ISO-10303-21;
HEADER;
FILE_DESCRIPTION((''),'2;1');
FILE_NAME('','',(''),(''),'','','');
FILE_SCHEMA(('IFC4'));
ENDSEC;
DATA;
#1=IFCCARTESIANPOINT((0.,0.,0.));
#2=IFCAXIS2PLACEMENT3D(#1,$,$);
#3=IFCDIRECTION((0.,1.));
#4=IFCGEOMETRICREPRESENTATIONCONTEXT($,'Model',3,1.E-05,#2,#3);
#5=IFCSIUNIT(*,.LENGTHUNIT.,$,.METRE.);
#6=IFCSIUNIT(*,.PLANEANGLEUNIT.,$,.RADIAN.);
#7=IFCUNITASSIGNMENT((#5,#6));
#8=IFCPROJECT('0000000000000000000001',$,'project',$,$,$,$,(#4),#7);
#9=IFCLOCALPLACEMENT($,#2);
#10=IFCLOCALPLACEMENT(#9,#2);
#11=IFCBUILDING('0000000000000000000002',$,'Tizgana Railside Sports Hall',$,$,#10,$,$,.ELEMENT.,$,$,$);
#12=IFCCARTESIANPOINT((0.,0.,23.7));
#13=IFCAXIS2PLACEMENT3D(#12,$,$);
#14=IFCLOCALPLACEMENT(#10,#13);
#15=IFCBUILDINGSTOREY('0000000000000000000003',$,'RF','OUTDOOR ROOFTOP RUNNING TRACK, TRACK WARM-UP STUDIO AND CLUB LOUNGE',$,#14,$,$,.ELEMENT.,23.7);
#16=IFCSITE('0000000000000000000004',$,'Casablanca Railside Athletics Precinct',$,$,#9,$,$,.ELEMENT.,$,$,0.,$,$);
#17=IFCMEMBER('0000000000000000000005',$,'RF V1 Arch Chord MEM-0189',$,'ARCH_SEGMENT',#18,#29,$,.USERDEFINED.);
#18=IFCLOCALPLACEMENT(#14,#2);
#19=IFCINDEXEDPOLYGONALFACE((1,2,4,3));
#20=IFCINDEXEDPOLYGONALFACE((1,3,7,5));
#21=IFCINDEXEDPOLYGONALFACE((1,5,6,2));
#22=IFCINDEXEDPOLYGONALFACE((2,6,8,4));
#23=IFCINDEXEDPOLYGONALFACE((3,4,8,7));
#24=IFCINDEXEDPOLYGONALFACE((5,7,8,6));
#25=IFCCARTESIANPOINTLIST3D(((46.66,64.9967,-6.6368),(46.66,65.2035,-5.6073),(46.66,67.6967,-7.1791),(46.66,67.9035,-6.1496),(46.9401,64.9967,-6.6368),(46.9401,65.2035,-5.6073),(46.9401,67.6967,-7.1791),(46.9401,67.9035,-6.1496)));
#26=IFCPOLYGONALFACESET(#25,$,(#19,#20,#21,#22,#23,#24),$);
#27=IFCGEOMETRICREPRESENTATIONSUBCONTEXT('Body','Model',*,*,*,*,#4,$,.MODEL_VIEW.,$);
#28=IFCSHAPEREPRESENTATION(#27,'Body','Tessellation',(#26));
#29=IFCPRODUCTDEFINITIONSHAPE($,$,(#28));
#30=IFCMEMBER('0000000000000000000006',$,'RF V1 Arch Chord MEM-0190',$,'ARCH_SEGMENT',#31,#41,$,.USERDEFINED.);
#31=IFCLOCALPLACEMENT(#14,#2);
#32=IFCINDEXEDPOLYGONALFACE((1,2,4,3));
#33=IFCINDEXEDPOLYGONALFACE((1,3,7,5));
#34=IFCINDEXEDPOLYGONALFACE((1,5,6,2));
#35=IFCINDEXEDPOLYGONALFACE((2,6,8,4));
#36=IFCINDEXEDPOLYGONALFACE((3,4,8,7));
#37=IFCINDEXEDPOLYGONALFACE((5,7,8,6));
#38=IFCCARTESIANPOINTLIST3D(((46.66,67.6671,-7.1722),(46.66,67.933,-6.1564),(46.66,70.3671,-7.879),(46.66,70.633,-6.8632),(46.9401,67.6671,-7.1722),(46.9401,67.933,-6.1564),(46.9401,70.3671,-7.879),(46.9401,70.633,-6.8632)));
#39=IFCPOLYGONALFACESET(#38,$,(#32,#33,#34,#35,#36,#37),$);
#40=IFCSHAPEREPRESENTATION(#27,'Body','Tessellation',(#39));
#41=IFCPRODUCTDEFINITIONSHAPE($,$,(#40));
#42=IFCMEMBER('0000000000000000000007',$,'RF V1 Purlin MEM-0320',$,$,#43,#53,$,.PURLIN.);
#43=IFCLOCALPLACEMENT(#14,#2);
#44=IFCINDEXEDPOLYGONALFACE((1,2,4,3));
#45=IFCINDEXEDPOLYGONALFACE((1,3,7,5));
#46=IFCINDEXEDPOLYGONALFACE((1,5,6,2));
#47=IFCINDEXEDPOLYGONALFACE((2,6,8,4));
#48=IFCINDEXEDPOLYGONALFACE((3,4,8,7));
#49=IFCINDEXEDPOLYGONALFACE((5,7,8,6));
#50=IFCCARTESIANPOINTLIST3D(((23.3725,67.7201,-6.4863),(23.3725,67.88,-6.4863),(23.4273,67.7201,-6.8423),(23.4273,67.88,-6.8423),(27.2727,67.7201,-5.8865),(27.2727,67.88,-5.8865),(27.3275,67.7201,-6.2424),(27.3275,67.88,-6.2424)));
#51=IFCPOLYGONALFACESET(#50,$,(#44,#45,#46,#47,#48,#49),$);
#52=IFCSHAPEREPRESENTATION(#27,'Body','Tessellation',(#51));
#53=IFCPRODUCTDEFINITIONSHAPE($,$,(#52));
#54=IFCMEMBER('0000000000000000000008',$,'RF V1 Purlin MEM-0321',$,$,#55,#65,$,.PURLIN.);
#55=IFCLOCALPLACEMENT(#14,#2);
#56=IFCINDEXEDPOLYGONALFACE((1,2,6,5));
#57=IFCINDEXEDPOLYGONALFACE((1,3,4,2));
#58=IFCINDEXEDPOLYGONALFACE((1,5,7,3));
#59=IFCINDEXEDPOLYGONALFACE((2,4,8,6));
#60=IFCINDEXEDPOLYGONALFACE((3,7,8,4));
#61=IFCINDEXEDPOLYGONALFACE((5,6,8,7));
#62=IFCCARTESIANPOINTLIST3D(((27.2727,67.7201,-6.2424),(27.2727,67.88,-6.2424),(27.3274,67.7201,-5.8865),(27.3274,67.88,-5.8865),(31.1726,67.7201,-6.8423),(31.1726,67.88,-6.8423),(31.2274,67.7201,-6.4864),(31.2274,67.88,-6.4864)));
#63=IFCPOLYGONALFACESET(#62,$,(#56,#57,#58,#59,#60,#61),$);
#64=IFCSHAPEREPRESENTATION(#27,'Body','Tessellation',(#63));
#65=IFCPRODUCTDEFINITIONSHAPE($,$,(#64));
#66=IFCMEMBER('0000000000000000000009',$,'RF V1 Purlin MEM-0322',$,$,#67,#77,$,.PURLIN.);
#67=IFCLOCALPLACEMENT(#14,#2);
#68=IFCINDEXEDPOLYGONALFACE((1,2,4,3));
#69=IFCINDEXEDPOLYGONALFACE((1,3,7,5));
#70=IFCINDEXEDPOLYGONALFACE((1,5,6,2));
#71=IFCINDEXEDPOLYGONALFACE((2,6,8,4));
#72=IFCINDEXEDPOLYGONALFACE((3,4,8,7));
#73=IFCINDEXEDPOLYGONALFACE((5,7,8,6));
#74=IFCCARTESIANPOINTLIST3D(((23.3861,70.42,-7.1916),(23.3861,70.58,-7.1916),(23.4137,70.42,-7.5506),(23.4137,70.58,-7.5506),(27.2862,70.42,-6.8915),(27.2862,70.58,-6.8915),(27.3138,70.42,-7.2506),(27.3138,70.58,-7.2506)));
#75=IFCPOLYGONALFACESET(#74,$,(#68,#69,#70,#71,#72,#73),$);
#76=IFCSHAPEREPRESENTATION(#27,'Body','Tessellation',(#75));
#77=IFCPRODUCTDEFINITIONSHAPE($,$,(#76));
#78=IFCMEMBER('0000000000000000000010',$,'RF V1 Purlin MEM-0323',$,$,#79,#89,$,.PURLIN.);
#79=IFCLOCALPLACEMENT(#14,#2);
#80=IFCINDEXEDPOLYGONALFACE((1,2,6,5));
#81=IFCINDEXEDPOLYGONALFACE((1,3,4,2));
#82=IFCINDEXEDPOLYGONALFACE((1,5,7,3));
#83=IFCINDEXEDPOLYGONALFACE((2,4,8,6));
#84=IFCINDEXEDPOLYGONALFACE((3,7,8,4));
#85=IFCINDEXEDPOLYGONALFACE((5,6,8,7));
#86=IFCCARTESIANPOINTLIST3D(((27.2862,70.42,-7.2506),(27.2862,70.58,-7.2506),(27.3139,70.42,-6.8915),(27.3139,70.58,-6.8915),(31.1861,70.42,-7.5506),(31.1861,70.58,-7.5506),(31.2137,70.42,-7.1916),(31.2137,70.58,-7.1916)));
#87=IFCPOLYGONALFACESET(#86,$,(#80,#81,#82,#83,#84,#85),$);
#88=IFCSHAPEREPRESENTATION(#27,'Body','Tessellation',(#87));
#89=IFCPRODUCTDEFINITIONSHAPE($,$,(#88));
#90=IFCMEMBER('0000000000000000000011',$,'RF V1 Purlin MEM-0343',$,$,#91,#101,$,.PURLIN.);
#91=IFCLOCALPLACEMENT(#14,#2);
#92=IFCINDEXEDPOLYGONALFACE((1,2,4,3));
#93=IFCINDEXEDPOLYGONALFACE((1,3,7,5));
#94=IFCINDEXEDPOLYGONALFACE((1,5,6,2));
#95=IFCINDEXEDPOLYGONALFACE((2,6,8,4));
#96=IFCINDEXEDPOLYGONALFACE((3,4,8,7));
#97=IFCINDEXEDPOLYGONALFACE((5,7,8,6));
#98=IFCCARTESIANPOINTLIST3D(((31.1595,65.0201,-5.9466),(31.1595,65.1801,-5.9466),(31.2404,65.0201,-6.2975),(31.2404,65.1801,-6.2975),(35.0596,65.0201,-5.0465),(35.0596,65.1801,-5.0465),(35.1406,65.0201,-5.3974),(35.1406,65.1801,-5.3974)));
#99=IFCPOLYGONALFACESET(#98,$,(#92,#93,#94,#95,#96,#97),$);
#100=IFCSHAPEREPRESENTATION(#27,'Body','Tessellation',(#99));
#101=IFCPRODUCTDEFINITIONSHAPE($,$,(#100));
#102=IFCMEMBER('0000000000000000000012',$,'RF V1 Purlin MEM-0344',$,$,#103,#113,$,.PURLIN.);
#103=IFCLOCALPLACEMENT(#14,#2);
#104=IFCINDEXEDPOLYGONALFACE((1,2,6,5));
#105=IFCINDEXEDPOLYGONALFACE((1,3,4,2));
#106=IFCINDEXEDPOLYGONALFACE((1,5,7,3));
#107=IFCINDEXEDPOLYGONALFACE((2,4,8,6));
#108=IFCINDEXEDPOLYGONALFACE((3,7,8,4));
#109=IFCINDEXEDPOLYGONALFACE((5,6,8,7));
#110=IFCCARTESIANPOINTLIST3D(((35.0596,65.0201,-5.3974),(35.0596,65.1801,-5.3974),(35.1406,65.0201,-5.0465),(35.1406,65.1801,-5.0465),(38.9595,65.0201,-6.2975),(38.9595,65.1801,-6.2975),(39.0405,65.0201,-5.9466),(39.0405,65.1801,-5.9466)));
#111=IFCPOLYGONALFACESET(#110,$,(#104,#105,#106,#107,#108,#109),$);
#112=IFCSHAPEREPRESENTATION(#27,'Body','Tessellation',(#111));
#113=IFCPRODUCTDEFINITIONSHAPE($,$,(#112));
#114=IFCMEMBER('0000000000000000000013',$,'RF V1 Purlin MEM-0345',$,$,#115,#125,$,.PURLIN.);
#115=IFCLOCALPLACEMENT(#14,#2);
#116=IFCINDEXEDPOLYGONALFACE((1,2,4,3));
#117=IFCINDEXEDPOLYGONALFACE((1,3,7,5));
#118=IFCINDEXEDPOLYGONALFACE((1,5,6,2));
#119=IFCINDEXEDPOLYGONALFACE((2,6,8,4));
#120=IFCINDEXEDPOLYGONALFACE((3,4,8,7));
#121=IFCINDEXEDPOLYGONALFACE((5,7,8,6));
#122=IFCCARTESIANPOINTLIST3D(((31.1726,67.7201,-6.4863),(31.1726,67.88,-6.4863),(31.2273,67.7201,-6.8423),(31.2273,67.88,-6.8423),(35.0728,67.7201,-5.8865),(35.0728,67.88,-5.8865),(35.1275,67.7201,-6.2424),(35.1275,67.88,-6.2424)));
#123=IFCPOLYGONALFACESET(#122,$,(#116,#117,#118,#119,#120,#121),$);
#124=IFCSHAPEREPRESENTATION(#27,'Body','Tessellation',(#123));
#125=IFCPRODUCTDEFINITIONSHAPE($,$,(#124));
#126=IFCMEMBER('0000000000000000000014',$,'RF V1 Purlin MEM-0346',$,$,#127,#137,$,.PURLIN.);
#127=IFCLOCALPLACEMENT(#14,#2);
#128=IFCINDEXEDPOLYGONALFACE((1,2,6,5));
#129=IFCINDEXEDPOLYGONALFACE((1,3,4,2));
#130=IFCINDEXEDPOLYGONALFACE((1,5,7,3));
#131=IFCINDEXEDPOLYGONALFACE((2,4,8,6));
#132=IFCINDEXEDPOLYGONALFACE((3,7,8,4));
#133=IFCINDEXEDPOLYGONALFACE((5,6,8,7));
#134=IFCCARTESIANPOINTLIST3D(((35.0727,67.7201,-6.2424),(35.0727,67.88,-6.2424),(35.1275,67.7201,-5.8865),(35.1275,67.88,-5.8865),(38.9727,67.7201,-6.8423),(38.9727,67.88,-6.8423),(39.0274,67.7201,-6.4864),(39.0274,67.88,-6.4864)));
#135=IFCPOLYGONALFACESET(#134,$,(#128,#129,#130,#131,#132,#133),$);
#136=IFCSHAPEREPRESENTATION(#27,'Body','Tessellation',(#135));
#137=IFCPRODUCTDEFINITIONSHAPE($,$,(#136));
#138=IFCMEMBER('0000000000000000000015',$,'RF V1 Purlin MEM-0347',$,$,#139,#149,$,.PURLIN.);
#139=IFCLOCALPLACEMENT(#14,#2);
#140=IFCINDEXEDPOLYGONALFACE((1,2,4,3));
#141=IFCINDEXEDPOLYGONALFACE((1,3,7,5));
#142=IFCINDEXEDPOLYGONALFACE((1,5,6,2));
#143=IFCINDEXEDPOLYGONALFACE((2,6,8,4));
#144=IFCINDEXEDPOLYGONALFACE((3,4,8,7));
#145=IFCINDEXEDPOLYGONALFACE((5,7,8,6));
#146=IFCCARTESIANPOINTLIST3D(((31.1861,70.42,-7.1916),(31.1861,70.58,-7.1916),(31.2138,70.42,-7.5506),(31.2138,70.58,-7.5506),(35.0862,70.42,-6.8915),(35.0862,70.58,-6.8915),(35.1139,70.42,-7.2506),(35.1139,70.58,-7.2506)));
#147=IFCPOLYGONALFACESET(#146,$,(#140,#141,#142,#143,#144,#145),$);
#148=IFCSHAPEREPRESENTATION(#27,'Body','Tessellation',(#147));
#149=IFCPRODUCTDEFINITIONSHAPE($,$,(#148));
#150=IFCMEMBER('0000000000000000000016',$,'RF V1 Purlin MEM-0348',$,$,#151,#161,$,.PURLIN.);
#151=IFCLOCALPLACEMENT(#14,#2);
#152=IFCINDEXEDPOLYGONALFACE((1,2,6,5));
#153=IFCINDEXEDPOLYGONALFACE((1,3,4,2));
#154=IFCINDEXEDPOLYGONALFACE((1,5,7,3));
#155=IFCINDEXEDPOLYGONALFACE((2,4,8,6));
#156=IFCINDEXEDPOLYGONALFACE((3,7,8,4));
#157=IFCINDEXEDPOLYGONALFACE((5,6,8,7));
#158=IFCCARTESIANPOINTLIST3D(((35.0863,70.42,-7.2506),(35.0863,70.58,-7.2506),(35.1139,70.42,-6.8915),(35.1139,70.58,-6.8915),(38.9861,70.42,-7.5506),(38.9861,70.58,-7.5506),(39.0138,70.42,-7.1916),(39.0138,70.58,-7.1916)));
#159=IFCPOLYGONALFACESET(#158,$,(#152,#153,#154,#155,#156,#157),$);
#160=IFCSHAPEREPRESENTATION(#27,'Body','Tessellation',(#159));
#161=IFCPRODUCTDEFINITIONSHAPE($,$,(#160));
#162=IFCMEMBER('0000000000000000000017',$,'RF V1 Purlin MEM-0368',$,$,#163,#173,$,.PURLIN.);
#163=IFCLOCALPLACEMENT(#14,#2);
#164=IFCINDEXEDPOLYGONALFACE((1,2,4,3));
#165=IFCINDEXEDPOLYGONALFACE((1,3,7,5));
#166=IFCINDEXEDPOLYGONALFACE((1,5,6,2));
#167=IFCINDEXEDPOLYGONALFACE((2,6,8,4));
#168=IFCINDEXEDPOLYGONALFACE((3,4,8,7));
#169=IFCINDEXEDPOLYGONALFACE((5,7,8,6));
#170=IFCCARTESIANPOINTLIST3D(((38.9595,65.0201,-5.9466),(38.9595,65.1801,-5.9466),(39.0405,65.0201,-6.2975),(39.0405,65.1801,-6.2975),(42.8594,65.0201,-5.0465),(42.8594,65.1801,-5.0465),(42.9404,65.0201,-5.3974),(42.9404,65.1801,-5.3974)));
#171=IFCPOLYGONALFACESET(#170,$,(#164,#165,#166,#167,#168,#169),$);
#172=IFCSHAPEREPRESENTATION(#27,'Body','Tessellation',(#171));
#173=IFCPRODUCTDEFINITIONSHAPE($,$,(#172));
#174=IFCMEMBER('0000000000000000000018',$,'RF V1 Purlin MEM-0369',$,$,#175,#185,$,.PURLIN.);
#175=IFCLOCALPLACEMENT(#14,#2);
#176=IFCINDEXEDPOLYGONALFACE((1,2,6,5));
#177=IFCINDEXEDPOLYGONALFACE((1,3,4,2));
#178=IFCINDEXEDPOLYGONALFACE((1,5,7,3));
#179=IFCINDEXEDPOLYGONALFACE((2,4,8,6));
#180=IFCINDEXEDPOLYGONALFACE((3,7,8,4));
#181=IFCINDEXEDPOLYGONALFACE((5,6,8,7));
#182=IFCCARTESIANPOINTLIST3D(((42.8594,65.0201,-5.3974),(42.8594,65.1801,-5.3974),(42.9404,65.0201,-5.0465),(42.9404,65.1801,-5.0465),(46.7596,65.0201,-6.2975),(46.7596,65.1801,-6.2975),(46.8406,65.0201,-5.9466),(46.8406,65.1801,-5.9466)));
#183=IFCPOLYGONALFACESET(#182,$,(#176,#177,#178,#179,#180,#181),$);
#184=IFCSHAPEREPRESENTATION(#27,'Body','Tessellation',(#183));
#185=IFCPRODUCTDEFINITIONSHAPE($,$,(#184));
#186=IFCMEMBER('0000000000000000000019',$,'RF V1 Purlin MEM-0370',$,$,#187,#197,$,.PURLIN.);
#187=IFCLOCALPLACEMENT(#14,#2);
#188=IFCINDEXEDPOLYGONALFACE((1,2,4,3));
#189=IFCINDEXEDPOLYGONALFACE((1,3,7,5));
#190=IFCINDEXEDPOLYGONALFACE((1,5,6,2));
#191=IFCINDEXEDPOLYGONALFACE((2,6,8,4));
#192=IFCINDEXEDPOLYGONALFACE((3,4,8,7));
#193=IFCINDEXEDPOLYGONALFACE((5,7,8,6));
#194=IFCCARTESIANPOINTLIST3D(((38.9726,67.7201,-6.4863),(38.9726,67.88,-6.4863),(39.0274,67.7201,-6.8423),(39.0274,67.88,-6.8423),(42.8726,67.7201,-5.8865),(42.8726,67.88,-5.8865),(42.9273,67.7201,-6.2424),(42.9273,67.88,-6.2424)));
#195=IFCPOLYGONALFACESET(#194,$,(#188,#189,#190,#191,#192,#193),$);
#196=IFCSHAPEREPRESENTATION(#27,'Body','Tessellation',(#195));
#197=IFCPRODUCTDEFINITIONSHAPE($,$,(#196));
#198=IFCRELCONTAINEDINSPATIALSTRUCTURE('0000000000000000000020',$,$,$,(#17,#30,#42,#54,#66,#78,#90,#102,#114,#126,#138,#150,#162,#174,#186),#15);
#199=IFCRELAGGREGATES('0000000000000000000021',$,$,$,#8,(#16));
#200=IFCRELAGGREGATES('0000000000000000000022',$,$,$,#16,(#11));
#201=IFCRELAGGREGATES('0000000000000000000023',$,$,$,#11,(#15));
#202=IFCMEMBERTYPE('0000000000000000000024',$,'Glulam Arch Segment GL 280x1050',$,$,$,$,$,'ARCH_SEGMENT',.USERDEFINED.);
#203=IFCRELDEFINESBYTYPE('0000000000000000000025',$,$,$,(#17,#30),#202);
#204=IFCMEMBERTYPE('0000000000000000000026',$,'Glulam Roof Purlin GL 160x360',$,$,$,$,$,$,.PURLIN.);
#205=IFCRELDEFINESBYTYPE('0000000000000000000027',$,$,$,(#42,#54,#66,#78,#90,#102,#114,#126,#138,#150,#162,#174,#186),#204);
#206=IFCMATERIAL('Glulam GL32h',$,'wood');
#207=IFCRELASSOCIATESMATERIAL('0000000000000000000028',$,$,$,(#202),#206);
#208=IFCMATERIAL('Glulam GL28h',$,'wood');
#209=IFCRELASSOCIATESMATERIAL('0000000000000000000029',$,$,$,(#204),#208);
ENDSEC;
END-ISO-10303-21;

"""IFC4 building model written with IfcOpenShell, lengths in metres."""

from ifc_helpers import new_model, si_unit, direction, frame, origin, origin_2d, place, context, subcontext, project, spatial, rectangle, extrude, material, material_profile, profile_set, type_object, element, save


model = new_model("IFC4")

# Units and contexts
model_context = context("Model", 3, precision=1e-05, world=origin(), true_north=direction((0.0, 1.0)))
body_context = subcontext(model_context, "Body", "Model", "MODEL_VIEW")
ifc_project = project(units=[si_unit("LENGTHUNIT", "METRE"), si_unit("PLANEANGLEUNIT", "RADIAN")], contexts=[model_context])

# Site, building, storey
site_placement = place(None, origin())
site = spatial("IfcSite", under=ifc_project, at=site_placement, Name="Casablanca Railside Athletics Precinct", CompositionType="ELEMENT", RefElevation=0.0)
building_placement = place(site_placement, origin())
building = spatial("IfcBuilding", under=site, at=building_placement, Name="Tizgana Railside Sports Hall", CompositionType="ELEMENT")
storey_placement = place(building_placement, frame((0.0, 0.0, 23.7)))
storey = spatial("IfcBuildingStorey", under=building, at=storey_placement, Name="RF", Description="OUTDOOR ROOFTOP RUNNING TRACK, TRACK WARM-UP STUDIO AND CLUB LOUNGE", CompositionType="ELEMENT", Elevation=23.7)

# Members
ifc_material_1 = material(Name="Glulam GL32h", Category="wood")
ifc_material_profile_1 = material_profile(ifc_material_1, rectangle(XDim=0.28, YDim=1.05, at=origin_2d()), Name="GL 280x1050")
ifc_profile_set_1 = profile_set([ifc_material_profile_1], Name="Glulam GL32h")
member_type_1 = type_object("IfcMemberType", Name="Glulam Arch Segment GL 280x1050", ElementType="ARCH_SEGMENT", PredefinedType="USERDEFINED", material=ifc_profile_set_1)
member_1_placement = place(storey_placement, frame((46.8, 65.1001, -6.1221), z_axis=(0.0, 0.980424, -0.1969), x_axis=(-1.0, 0.0, 0.0)))
element("IfcMember", 1, at=member_1_placement, inside=storey, type_object=member_type_1, Name="RF V1 Arch Chord MEM-0189", ObjectType="ARCH_SEGMENT", PredefinedType="USERDEFINED", context=body_context, shape_type="SweptSolid", body=[
    extrude(rectangle(XDim=0.28, YDim=1.05, at=origin_2d()), origin(), (0.0, 0.0, 1.0), 2.7539),
])
member_2_placement = place(storey_placement, frame((46.8, 67.8, -6.6643), z_axis=(0.0, 0.967402, -0.253244), x_axis=(-1.0, 0.0, 0.0)))
element("IfcMember", 2, at=member_2_placement, inside=storey, type_object=member_type_1, Name="RF V1 Arch Chord MEM-0190", ObjectType="ARCH_SEGMENT", PredefinedType="USERDEFINED", context=body_context, shape_type="SweptSolid", body=[
    extrude(rectangle(XDim=0.28, YDim=1.05, at=origin_2d()), origin(), (0.0, 0.0, 1.0), 2.791),
])
ifc_material_2 = material(Name="Glulam GL28h", Category="wood")
ifc_material_profile_2 = material_profile(ifc_material_2, rectangle(XDim=0.1599, YDim=0.3601, at=origin_2d()), Name="GL 160x360")
ifc_profile_set_2 = profile_set([ifc_material_profile_2], Name="Glulam GL28h")
member_type_2 = type_object("IfcMemberType", Name="Glulam Roof Purlin GL 160x360", PredefinedType="PURLIN", material=ifc_profile_set_2)
member_3_placement = place(storey_placement, frame((23.3999, 67.8, -6.6643), z_axis=(0.988378, 0.0, 0.152015), x_axis=(0.0, 1.0, 0.0)))
element("IfcMember", 3, at=member_3_placement, inside=storey, type_object=member_type_2, Name="RF V1 Purlin MEM-0320", PredefinedType="PURLIN", context=body_context, shape_type="SweptSolid", body=[
    extrude(rectangle(XDim=0.1599, YDim=0.3601, at=origin_2d()), origin(), (0.0, 0.0, 1.0), 3.946),
])
member_4_placement = place(storey_placement, frame((27.3, 67.8, -6.0645), z_axis=(0.988377, 0.0, -0.152025), x_axis=(0.0, 1.0, 0.0)))
element("IfcMember", 4, at=member_4_placement, inside=storey, type_object=member_type_2, Name="RF V1 Purlin MEM-0321", PredefinedType="PURLIN", context=body_context, shape_type="SweptSolid", body=[
    extrude(rectangle(XDim=0.1599, YDim=0.3601, at=origin_2d()), origin(), (0.0, 0.0, 1.0), 3.9458),
])
member_5_placement = place(storey_placement, frame((23.3999, 70.5, -7.3711), z_axis=(0.997054, 0.0, 0.076706), x_axis=(0.0, 1.0, 0.0)))
element("IfcMember", 5, at=member_5_placement, inside=storey, type_object=member_type_2, Name="RF V1 Purlin MEM-0322", PredefinedType="PURLIN", context=body_context, shape_type="SweptSolid", body=[
    extrude(rectangle(XDim=0.1599, YDim=0.3601, at=origin_2d()), origin(), (0.0, 0.0, 1.0), 3.9116),
])
member_6_placement = place(storey_placement, frame((27.3, 70.5, -7.071), z_axis=(0.997053, 0.0, -0.076711), x_axis=(0.0, 1.0, 0.0)))
element("IfcMember", 6, at=member_6_placement, inside=storey, type_object=member_type_2, Name="RF V1 Purlin MEM-0323", PredefinedType="PURLIN", context=body_context, shape_type="SweptSolid", body=[
    extrude(rectangle(XDim=0.1599, YDim=0.3601, at=origin_2d()), origin(), (0.0, 0.0, 1.0), 3.9114),
])
member_7_placement = place(storey_placement, frame((31.2, 65.1001, -6.1221), z_axis=(0.974385, 0.0, 0.224886), x_axis=(0.0, 1.0, 0.0)))
element("IfcMember", 7, at=member_7_placement, inside=storey, type_object=member_type_2, Name="RF V1 Purlin MEM-0343", PredefinedType="PURLIN", context=body_context, shape_type="SweptSolid", body=[
    extrude(rectangle(XDim=0.1599, YDim=0.3601, at=origin_2d()), origin(), (0.0, 0.0, 1.0), 4.0027),
])
member_8_placement = place(storey_placement, frame((35.1001, 65.1001, -5.2219), z_axis=(0.974382, 0.0, -0.2249), x_axis=(0.0, 1.0, 0.0)))
element("IfcMember", 8, at=member_8_placement, inside=storey, type_object=member_type_2, Name="RF V1 Purlin MEM-0344", PredefinedType="PURLIN", context=body_context, shape_type="SweptSolid", body=[
    extrude(rectangle(XDim=0.1599, YDim=0.3601, at=origin_2d()), origin(), (0.0, 0.0, 1.0), 4.0024),
])
member_9_placement = place(storey_placement, frame((31.2, 67.8, -6.6643), z_axis=(0.988378, 0.0, 0.152015), x_axis=(0.0, 1.0, 0.0)))
element("IfcMember", 9, at=member_9_placement, inside=storey, type_object=member_type_2, Name="RF V1 Purlin MEM-0345", PredefinedType="PURLIN", context=body_context, shape_type="SweptSolid", body=[
    extrude(rectangle(XDim=0.1599, YDim=0.3601, at=origin_2d()), origin(), (0.0, 0.0, 1.0), 3.946),
])
member_10_placement = place(storey_placement, frame((35.1001, 67.8, -6.0645), z_axis=(0.988377, 0.0, -0.152025), x_axis=(0.0, 1.0, 0.0)))
element("IfcMember", 10, at=member_10_placement, inside=storey, type_object=member_type_2, Name="RF V1 Purlin MEM-0346", PredefinedType="PURLIN", context=body_context, shape_type="SweptSolid", body=[
    extrude(rectangle(XDim=0.1599, YDim=0.3601, at=origin_2d()), origin(), (0.0, 0.0, 1.0), 3.9458),
])
member_11_placement = place(storey_placement, frame((31.2, 70.5, -7.3711), z_axis=(0.997054, 0.0, 0.076706), x_axis=(0.0, 1.0, 0.0)))
element("IfcMember", 11, at=member_11_placement, inside=storey, type_object=member_type_2, Name="RF V1 Purlin MEM-0347", PredefinedType="PURLIN", context=body_context, shape_type="SweptSolid", body=[
    extrude(rectangle(XDim=0.1599, YDim=0.3601, at=origin_2d()), origin(), (0.0, 0.0, 1.0), 3.9116),
])
member_12_placement = place(storey_placement, frame((35.1001, 70.5, -7.071), z_axis=(0.997053, 0.0, -0.076711), x_axis=(0.0, 1.0, 0.0)))
element("IfcMember", 12, at=member_12_placement, inside=storey, type_object=member_type_2, Name="RF V1 Purlin MEM-0348", PredefinedType="PURLIN", context=body_context, shape_type="SweptSolid", body=[
    extrude(rectangle(XDim=0.1599, YDim=0.3601, at=origin_2d()), origin(), (0.0, 0.0, 1.0), 3.9114),
])
member_13_placement = place(storey_placement, frame((39.0, 65.1001, -6.1221), z_axis=(0.974382, 0.0, 0.2249), x_axis=(0.0, 1.0, 0.0)))
element("IfcMember", 13, at=member_13_placement, inside=storey, type_object=member_type_2, Name="RF V1 Purlin MEM-0368", PredefinedType="PURLIN", context=body_context, shape_type="SweptSolid", body=[
    extrude(rectangle(XDim=0.1599, YDim=0.3601, at=origin_2d()), origin(), (0.0, 0.0, 1.0), 4.0024),
])
member_14_placement = place(storey_placement, frame((42.8999, 65.1001, -5.2219), z_axis=(0.974385, 0.0, -0.224886), x_axis=(0.0, 1.0, 0.0)))
element("IfcMember", 14, at=member_14_placement, inside=storey, type_object=member_type_2, Name="RF V1 Purlin MEM-0369", PredefinedType="PURLIN", context=body_context, shape_type="SweptSolid", body=[
    extrude(rectangle(XDim=0.1599, YDim=0.3601, at=origin_2d()), origin(), (0.0, 0.0, 1.0), 4.0027),
])
member_15_placement = place(storey_placement, frame((39.0, 67.8, -6.6643), z_axis=(0.988377, 0.0, 0.152025), x_axis=(0.0, 1.0, 0.0)))
element("IfcMember", 15, at=member_15_placement, inside=storey, type_object=member_type_2, Name="RF V1 Purlin MEM-0370", PredefinedType="PURLIN", context=body_context, shape_type="SweptSolid", body=[
    extrude(rectangle(XDim=0.1599, YDim=0.3601, at=origin_2d()), origin(), (0.0, 0.0, 1.0), 3.9458),
])

save(model, "model.ifc")
